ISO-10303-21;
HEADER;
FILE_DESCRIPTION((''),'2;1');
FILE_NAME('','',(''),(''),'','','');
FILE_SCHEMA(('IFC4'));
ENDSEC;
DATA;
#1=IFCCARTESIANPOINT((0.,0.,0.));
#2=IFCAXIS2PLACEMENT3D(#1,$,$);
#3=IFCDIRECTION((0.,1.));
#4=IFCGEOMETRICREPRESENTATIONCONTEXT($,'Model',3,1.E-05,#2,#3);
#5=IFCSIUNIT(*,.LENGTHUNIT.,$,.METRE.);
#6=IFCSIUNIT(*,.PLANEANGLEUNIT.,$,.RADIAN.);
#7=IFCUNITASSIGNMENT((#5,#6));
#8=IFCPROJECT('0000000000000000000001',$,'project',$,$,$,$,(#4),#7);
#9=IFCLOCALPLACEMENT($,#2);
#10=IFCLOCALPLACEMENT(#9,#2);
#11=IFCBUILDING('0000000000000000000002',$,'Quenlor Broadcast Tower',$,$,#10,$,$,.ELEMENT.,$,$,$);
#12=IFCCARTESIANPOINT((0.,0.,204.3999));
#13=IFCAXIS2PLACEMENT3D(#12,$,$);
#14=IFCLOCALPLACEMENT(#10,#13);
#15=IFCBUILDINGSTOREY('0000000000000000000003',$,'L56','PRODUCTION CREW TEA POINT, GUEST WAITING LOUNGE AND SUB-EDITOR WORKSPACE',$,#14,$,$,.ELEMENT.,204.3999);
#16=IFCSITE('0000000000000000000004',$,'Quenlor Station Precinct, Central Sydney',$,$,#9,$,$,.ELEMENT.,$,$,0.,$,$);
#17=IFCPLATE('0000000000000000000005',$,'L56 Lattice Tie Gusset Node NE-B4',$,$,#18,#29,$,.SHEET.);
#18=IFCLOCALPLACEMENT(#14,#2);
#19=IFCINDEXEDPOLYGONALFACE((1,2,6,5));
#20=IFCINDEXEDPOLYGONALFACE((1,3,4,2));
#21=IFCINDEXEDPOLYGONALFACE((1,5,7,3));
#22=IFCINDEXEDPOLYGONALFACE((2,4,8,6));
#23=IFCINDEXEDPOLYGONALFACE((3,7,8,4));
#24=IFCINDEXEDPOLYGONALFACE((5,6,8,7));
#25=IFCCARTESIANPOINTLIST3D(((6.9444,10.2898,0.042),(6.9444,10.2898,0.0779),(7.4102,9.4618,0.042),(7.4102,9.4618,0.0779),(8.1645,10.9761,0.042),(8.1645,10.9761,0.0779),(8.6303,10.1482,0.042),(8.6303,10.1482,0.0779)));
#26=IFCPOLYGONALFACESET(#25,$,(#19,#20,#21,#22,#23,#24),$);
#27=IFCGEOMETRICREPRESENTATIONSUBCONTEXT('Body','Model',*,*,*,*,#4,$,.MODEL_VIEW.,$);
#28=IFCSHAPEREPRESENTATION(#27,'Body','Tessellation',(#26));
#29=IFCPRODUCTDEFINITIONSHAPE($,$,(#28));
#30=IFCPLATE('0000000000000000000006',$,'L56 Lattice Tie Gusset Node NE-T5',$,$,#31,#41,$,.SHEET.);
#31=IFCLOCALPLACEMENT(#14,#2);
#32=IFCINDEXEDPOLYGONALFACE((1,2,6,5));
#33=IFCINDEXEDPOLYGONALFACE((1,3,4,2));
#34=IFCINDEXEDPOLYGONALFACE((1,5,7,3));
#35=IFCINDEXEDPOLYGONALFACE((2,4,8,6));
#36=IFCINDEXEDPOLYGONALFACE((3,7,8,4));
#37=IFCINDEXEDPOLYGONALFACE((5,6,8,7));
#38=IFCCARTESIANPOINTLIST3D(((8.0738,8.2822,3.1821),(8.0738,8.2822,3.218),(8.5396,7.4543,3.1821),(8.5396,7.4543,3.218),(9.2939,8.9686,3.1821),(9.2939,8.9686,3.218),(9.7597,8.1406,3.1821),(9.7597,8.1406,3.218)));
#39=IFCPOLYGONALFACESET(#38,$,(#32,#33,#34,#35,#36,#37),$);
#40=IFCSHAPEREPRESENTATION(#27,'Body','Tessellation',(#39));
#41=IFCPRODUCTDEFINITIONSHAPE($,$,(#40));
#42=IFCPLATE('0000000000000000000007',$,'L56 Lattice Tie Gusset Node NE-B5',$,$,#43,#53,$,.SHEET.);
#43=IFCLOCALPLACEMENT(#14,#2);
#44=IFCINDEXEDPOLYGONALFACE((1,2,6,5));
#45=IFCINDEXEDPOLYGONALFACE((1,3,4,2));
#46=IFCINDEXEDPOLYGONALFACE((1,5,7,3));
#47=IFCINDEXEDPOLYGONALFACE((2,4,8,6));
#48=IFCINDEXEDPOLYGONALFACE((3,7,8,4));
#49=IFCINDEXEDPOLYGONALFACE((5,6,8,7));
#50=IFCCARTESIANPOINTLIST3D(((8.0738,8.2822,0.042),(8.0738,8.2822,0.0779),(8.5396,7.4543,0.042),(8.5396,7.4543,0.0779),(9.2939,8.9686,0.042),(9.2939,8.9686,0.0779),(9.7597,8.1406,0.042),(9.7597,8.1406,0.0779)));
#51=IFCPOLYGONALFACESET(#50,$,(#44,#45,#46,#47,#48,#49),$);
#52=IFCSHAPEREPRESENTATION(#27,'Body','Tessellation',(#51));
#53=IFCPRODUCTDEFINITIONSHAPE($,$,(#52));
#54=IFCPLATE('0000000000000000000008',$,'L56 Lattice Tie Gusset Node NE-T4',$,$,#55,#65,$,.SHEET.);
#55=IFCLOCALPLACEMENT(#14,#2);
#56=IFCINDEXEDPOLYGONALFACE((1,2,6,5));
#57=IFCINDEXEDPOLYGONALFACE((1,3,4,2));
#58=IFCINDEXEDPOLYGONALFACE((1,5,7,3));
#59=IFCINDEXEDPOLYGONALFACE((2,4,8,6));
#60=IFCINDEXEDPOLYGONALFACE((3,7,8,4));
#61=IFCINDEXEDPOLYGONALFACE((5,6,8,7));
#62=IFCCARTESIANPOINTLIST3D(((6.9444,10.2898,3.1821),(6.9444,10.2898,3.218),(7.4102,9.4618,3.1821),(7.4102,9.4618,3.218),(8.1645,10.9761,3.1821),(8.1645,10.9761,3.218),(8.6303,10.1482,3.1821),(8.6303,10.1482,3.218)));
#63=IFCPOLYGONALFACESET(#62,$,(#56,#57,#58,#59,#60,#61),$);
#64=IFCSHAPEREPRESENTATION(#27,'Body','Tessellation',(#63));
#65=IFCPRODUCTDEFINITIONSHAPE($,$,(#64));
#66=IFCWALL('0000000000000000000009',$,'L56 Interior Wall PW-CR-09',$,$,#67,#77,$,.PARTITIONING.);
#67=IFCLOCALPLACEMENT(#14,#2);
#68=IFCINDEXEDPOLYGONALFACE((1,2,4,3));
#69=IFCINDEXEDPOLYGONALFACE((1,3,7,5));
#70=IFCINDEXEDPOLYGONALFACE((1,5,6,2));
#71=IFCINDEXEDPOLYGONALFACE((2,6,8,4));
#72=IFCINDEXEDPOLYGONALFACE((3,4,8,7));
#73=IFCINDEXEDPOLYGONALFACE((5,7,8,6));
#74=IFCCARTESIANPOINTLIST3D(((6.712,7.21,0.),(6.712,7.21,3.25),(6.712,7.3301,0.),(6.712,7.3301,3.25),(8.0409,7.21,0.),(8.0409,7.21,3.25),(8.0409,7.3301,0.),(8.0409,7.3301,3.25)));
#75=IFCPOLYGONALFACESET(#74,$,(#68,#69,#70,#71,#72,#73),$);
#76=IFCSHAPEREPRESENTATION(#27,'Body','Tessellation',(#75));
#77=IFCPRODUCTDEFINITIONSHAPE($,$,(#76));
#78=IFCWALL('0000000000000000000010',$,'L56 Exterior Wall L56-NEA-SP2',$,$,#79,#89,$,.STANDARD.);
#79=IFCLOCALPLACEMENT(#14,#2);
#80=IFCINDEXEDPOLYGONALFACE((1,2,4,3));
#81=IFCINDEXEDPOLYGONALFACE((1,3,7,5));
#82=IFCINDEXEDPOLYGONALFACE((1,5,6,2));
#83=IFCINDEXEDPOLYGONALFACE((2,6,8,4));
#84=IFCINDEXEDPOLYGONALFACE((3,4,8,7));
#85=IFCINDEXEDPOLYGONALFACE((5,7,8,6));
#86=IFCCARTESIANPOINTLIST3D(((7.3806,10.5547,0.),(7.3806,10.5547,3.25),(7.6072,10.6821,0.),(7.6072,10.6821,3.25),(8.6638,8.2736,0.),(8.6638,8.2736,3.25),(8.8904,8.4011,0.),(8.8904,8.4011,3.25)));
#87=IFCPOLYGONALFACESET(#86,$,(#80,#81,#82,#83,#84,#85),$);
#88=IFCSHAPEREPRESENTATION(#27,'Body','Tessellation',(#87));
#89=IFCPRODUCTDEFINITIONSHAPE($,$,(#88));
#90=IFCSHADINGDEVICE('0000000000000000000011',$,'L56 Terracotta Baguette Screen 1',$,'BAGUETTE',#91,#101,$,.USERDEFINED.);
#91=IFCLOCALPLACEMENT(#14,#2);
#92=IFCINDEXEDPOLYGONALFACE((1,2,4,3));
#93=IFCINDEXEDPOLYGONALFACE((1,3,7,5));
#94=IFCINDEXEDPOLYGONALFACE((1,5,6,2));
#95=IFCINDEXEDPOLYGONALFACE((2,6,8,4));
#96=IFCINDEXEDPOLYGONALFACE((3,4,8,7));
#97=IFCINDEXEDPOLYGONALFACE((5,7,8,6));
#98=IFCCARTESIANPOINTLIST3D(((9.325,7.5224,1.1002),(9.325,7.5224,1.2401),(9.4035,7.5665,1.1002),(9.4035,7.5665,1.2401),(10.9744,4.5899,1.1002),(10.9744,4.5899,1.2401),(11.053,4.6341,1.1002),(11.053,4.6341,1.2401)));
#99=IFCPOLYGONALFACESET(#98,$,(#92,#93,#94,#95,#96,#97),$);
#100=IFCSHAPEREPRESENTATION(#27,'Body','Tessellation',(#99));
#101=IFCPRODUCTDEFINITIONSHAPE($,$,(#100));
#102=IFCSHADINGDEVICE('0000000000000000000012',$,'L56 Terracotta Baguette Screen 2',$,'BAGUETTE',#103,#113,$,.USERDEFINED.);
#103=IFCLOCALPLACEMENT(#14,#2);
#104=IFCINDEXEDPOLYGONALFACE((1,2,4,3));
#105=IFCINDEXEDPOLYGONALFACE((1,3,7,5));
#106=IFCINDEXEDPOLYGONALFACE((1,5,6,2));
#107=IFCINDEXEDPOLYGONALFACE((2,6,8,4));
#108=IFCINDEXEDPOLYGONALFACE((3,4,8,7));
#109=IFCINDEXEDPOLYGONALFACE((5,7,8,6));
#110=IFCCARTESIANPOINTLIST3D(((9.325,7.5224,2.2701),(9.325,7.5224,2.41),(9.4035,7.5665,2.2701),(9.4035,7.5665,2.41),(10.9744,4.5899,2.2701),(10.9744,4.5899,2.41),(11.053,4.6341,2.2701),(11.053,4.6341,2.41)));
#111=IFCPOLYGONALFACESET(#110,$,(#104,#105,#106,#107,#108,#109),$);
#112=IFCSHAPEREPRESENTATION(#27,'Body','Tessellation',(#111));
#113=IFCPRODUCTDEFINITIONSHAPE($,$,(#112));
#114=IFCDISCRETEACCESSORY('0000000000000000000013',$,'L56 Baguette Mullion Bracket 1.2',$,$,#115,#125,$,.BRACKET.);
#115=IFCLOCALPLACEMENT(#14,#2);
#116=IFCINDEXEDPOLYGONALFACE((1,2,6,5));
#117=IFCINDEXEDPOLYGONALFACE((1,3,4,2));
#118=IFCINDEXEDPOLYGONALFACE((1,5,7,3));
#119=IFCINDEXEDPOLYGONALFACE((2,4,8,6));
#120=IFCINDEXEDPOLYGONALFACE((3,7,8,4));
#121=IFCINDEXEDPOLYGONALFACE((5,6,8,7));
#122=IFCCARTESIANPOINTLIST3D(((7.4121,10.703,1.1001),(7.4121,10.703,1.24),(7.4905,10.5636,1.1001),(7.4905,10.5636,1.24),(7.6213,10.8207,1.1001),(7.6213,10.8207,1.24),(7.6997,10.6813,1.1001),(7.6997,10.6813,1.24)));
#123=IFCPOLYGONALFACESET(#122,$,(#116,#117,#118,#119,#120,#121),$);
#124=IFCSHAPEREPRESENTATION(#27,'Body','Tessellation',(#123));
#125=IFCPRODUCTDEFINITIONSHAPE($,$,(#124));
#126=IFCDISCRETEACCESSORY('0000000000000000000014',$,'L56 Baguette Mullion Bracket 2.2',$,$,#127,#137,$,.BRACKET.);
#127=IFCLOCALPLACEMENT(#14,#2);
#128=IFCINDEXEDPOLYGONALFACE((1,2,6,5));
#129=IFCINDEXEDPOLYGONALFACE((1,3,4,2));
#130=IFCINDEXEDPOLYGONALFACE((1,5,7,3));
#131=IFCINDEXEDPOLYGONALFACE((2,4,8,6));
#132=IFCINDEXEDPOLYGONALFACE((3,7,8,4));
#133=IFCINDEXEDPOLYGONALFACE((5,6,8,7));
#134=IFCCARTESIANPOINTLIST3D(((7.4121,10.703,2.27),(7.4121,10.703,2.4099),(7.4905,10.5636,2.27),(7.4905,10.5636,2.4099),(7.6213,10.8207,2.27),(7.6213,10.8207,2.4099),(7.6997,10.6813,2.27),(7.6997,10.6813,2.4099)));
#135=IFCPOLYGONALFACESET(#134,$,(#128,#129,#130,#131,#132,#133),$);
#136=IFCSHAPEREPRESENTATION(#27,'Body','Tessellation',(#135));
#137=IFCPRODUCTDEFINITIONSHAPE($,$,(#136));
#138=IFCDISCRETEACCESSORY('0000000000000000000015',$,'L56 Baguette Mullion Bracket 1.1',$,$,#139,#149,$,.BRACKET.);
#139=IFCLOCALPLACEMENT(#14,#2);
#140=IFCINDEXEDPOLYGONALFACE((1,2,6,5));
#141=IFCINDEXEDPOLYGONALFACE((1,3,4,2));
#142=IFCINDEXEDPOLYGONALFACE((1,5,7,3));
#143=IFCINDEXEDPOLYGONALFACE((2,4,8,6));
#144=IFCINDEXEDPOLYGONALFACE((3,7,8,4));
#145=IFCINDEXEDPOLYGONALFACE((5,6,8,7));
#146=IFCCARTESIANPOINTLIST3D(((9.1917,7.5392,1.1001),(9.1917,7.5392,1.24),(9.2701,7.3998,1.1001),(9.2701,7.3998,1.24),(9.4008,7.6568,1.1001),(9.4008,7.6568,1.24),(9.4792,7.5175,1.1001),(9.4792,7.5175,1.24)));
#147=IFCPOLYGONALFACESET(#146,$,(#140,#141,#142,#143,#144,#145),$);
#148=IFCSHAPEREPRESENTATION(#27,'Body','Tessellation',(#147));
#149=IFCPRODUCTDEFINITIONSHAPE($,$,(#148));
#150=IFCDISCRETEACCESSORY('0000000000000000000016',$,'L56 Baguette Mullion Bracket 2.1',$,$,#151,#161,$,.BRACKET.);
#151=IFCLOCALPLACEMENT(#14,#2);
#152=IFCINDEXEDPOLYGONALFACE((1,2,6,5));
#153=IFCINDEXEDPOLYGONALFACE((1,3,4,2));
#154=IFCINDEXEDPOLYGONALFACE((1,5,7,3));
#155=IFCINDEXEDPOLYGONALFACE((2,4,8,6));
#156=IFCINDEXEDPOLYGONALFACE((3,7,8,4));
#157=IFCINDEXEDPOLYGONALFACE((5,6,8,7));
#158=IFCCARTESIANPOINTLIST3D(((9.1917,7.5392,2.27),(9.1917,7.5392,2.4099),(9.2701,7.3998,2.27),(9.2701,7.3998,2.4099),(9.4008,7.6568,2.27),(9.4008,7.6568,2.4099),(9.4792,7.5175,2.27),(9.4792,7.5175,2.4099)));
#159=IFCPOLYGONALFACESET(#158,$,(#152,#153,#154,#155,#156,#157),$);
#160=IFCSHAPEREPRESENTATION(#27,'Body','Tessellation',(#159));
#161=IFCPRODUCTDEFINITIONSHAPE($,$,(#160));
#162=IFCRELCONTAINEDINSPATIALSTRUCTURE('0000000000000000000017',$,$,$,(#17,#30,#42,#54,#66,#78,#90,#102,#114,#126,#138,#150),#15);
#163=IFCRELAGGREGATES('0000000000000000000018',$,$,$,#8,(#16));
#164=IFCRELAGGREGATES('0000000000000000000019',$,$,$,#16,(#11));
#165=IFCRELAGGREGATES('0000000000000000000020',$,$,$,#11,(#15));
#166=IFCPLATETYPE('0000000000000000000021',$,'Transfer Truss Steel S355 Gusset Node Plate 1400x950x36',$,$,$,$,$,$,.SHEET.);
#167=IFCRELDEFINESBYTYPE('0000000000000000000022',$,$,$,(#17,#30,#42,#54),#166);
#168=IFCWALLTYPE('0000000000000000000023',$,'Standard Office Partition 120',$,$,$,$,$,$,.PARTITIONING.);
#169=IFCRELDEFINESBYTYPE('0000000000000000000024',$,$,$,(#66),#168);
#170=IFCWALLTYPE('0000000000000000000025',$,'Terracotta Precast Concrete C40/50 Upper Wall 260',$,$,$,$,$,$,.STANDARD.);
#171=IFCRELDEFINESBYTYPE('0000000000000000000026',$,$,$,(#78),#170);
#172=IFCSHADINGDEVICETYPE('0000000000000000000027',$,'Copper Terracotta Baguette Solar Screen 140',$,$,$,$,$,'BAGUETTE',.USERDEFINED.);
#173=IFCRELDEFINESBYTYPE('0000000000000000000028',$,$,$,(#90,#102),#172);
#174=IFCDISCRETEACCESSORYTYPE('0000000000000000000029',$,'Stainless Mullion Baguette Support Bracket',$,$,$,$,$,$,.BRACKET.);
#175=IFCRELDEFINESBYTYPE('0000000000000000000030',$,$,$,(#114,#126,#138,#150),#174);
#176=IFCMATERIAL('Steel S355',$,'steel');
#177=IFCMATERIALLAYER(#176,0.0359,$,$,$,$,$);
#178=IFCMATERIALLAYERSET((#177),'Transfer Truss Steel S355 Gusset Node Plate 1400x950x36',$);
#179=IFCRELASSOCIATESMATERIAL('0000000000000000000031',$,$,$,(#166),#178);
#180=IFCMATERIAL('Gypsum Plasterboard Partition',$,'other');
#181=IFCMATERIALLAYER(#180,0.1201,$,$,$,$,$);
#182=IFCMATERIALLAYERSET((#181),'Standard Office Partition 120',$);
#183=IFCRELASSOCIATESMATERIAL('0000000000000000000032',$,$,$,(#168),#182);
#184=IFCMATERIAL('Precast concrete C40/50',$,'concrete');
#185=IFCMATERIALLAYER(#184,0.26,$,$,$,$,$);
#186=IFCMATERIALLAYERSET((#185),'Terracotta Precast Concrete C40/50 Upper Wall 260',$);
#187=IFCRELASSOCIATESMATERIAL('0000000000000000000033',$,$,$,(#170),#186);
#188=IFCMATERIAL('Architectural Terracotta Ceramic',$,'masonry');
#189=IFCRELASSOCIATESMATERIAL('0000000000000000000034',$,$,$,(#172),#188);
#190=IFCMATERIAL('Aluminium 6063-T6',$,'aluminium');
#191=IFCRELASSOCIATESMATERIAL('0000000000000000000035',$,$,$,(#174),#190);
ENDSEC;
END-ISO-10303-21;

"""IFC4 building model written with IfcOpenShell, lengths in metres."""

from ifc_helpers import new_model, si_unit, direction, frame, frame_2d, origin, origin_2d, place, context, subcontext, project, spatial, rectangle, extrude, material, layer, layer_set, material_profile, profile_set, type_object, element, save


model = new_model("IFC4")

# Units and contexts
model_context = context("Model", 3, precision=1e-05, world=origin(), true_north=direction((0.0, 1.0)))
body_context = subcontext(model_context, "Body", "Model", "MODEL_VIEW")
ifc_project = project(units=[si_unit("LENGTHUNIT", "METRE"), si_unit("PLANEANGLEUNIT", "RADIAN")], contexts=[model_context])

# Site, building, storey
site_placement = place(None, origin())
site = spatial("IfcSite", under=ifc_project, at=site_placement, Name="Quenlor Station Precinct, Central Sydney", CompositionType="ELEMENT", RefElevation=0.0)
building_placement = place(site_placement, origin())
building = spatial("IfcBuilding", under=site, at=building_placement, Name="Quenlor Broadcast Tower", CompositionType="ELEMENT")
storey_placement = place(building_placement, frame((0.0, 0.0, 204.3999)))
storey = spatial("IfcBuildingStorey", under=building, at=storey_placement, Name="L56", Description="PRODUCTION CREW TEA POINT, GUEST WAITING LOUNGE AND SUB-EDITOR WORKSPACE", CompositionType="ELEMENT", Elevation=204.3999)

# Plates
ifc_material_1 = material(Name="Steel S355", Category="steel")
ifc_layer_1 = layer(ifc_material_1, 0.0359)
ifc_layer_set_1 = layer_set([ifc_layer_1], Name="Transfer Truss Steel S355 Gusset Node Plate 1400x950x36")
plate_type_1 = type_object("IfcPlateType", Name="Transfer Truss Steel S355 Gusset Node Plate 1400x950x36", PredefinedType="SHEET", material=ifc_layer_set_1)
for number, where, z_axis, x_axis, name in (
    (1, (7.7874, 10.219, 0.042), (0.0, 0.0, 1.0), (0.871556, 0.490295, 0.0), "L56 Lattice Tie Gusset Node NE-B4"),
    (2, (8.9167, 8.2114, 3.1821), (0.0, 0.0, 1.0), (0.871556, 0.490295, 0.0), "L56 Lattice Tie Gusset Node NE-T5"),
    (3, (8.9167, 8.2114, 0.042), (0.0, 0.0, 1.0), (0.871556, 0.490295, 0.0), "L56 Lattice Tie Gusset Node NE-B5"),
    (4, (7.7874, 10.219, 3.1821), (0.0, 0.0, 1.0), (0.871556, 0.490295, 0.0), "L56 Lattice Tie Gusset Node NE-T4"),
):
    element("IfcPlate", number, at=place(storey_placement, frame(where, z_axis=z_axis, x_axis=x_axis)), inside=storey, type_object=plate_type_1, Name=name, PredefinedType="SHEET", context=body_context, shape_type="SweptSolid", body=[
        extrude(rectangle(XDim=1.3999, YDim=0.95, at=origin_2d()), origin(), (0.0, 0.0, 1.0), 0.0359),
    ])

# Walls
ifc_material_2 = material(Name="Gypsum Plasterboard Partition", Category="other")
ifc_layer_2 = layer(ifc_material_2, 0.1201)
ifc_layer_set_2 = layer_set([ifc_layer_2], Name="Standard Office Partition 120")
wall_type_1 = type_object("IfcWallType", Name="Standard Office Partition 120", PredefinedType="PARTITIONING", material=ifc_layer_set_2)
wall_1_placement = place(storey_placement, frame((6.7119, 7.27, 0.0), z_axis=(0.0, 0.0, 1.0), x_axis=(1.0, 0.0, 0.0)))
element("IfcWall", 5, at=wall_1_placement, inside=storey, type_object=wall_type_1, Name="L56 Interior Wall PW-CR-09", PredefinedType="PARTITIONING", context=body_context, shape_type="SweptSolid", body=[
    extrude(rectangle(XDim=1.3289, YDim=0.1201, at=frame_2d((0.6646, 0.0))), origin(), (0.0, 0.0, 1.0), 3.25),
])
ifc_material_3 = material(Name="Precast concrete C40/50", Category="concrete")
ifc_layer_3 = layer(ifc_material_3, 0.26)
ifc_layer_set_3 = layer_set([ifc_layer_3], Name="Terracotta Precast Concrete C40/50 Upper Wall 260")
wall_type_2 = type_object("IfcWallType", Name="Terracotta Precast Concrete C40/50 Upper Wall 260", PredefinedType="STANDARD", material=ifc_layer_set_3)
wall_2_placement = place(storey_placement, frame((7.4939, 10.6184, 0.0), z_axis=(0.0, 0.0, 1.0), x_axis=(0.490301, -0.871553, 0.0)))
element("IfcWall", 6, at=wall_2_placement, inside=storey, type_object=wall_type_2, Name="L56 Exterior Wall L56-NEA-SP2", PredefinedType="STANDARD", context=body_context, shape_type="SweptSolid", body=[
    extrude(rectangle(XDim=2.6172, YDim=0.26, at=frame_2d((1.3086, 0.0))), origin(), (0.0, 0.0, 1.0), 3.25),
])

# Shading devices
ifc_material_4 = material(Name="Architectural Terracotta Ceramic", Category="masonry")
ifc_material_profile_1 = material_profile(ifc_material_4, rectangle(XDim=0.0901, YDim=0.1399, at=origin_2d()))
ifc_profile_set_1 = profile_set([ifc_material_profile_1], Name="Architectural Terracotta Ceramic BAG90x140")
shading_device_type = type_object("IfcShadingDeviceType", Name="Copper Terracotta Baguette Solar Screen 140", ElementType="BAGUETTE", PredefinedType="USERDEFINED", material=ifc_profile_set_1)
for number, where, z_axis, x_axis, name in (
    (7, (9.3643, 7.5444, 1.1702), (0.490251, -0.871581, 0.0), (0.871581, 0.490251, 0.0), "L56 Terracotta Baguette Screen 1"),
    (8, (9.3643, 7.5444, 2.3401), (0.490251, -0.871581, 0.0), (0.871581, 0.490251, 0.0), "L56 Terracotta Baguette Screen 2"),
):
    element("IfcShadingDevice", number, at=place(storey_placement, frame(where, z_axis=z_axis, x_axis=x_axis)), inside=storey, type_object=shading_device_type, Name=name, ObjectType="BAGUETTE", PredefinedType="USERDEFINED", context=body_context, shape_type="SweptSolid", body=[
        extrude(rectangle(XDim=0.0901, YDim=0.1399, at=origin_2d()), origin(), (0.0, 0.0, 1.0), 3.3645),
    ])

# Discrete accessories
ifc_material_5 = material(Name="Aluminium 6063-T6", Category="aluminium")
discrete_accessory_type = type_object("IfcDiscreteAccessoryType", Name="Stainless Mullion Baguette Support Bracket", PredefinedType="BRACKET", material=ifc_material_5)
for number, where, z_axis, x_axis, name in (
    (9, (7.5559, 10.6921, 1.1001), (0.0, 0.0, 1.0), (0.49026, -0.871576, 0.0), "L56 Baguette Mullion Bracket 1.2"),
    (10, (7.5559, 10.6921, 2.27), (0.0, 0.0, 1.0), (0.49026, -0.871576, 0.0), "L56 Baguette Mullion Bracket 2.2"),
    (11, (9.3354, 7.5283, 1.1001), (0.0, 0.0, 1.0), (0.490257, -0.871578, 0.0), "L56 Baguette Mullion Bracket 1.1"),
    (12, (9.3354, 7.5283, 2.27), (0.0, 0.0, 1.0), (0.490257, -0.871578, 0.0), "L56 Baguette Mullion Bracket 2.1"),
):
    element("IfcDiscreteAccessory", number, at=place(storey_placement, frame(where, z_axis=z_axis, x_axis=x_axis)), inside=storey, type_object=discrete_accessory_type, Name=name, PredefinedType="BRACKET", context=body_context, shape_type="SweptSolid", body=[
        extrude(rectangle(XDim=0.1599, YDim=0.24, at=origin_2d()), origin(), (0.0, 0.0, 1.0), 0.1399),
    ])

save(model, "model.ifc")
